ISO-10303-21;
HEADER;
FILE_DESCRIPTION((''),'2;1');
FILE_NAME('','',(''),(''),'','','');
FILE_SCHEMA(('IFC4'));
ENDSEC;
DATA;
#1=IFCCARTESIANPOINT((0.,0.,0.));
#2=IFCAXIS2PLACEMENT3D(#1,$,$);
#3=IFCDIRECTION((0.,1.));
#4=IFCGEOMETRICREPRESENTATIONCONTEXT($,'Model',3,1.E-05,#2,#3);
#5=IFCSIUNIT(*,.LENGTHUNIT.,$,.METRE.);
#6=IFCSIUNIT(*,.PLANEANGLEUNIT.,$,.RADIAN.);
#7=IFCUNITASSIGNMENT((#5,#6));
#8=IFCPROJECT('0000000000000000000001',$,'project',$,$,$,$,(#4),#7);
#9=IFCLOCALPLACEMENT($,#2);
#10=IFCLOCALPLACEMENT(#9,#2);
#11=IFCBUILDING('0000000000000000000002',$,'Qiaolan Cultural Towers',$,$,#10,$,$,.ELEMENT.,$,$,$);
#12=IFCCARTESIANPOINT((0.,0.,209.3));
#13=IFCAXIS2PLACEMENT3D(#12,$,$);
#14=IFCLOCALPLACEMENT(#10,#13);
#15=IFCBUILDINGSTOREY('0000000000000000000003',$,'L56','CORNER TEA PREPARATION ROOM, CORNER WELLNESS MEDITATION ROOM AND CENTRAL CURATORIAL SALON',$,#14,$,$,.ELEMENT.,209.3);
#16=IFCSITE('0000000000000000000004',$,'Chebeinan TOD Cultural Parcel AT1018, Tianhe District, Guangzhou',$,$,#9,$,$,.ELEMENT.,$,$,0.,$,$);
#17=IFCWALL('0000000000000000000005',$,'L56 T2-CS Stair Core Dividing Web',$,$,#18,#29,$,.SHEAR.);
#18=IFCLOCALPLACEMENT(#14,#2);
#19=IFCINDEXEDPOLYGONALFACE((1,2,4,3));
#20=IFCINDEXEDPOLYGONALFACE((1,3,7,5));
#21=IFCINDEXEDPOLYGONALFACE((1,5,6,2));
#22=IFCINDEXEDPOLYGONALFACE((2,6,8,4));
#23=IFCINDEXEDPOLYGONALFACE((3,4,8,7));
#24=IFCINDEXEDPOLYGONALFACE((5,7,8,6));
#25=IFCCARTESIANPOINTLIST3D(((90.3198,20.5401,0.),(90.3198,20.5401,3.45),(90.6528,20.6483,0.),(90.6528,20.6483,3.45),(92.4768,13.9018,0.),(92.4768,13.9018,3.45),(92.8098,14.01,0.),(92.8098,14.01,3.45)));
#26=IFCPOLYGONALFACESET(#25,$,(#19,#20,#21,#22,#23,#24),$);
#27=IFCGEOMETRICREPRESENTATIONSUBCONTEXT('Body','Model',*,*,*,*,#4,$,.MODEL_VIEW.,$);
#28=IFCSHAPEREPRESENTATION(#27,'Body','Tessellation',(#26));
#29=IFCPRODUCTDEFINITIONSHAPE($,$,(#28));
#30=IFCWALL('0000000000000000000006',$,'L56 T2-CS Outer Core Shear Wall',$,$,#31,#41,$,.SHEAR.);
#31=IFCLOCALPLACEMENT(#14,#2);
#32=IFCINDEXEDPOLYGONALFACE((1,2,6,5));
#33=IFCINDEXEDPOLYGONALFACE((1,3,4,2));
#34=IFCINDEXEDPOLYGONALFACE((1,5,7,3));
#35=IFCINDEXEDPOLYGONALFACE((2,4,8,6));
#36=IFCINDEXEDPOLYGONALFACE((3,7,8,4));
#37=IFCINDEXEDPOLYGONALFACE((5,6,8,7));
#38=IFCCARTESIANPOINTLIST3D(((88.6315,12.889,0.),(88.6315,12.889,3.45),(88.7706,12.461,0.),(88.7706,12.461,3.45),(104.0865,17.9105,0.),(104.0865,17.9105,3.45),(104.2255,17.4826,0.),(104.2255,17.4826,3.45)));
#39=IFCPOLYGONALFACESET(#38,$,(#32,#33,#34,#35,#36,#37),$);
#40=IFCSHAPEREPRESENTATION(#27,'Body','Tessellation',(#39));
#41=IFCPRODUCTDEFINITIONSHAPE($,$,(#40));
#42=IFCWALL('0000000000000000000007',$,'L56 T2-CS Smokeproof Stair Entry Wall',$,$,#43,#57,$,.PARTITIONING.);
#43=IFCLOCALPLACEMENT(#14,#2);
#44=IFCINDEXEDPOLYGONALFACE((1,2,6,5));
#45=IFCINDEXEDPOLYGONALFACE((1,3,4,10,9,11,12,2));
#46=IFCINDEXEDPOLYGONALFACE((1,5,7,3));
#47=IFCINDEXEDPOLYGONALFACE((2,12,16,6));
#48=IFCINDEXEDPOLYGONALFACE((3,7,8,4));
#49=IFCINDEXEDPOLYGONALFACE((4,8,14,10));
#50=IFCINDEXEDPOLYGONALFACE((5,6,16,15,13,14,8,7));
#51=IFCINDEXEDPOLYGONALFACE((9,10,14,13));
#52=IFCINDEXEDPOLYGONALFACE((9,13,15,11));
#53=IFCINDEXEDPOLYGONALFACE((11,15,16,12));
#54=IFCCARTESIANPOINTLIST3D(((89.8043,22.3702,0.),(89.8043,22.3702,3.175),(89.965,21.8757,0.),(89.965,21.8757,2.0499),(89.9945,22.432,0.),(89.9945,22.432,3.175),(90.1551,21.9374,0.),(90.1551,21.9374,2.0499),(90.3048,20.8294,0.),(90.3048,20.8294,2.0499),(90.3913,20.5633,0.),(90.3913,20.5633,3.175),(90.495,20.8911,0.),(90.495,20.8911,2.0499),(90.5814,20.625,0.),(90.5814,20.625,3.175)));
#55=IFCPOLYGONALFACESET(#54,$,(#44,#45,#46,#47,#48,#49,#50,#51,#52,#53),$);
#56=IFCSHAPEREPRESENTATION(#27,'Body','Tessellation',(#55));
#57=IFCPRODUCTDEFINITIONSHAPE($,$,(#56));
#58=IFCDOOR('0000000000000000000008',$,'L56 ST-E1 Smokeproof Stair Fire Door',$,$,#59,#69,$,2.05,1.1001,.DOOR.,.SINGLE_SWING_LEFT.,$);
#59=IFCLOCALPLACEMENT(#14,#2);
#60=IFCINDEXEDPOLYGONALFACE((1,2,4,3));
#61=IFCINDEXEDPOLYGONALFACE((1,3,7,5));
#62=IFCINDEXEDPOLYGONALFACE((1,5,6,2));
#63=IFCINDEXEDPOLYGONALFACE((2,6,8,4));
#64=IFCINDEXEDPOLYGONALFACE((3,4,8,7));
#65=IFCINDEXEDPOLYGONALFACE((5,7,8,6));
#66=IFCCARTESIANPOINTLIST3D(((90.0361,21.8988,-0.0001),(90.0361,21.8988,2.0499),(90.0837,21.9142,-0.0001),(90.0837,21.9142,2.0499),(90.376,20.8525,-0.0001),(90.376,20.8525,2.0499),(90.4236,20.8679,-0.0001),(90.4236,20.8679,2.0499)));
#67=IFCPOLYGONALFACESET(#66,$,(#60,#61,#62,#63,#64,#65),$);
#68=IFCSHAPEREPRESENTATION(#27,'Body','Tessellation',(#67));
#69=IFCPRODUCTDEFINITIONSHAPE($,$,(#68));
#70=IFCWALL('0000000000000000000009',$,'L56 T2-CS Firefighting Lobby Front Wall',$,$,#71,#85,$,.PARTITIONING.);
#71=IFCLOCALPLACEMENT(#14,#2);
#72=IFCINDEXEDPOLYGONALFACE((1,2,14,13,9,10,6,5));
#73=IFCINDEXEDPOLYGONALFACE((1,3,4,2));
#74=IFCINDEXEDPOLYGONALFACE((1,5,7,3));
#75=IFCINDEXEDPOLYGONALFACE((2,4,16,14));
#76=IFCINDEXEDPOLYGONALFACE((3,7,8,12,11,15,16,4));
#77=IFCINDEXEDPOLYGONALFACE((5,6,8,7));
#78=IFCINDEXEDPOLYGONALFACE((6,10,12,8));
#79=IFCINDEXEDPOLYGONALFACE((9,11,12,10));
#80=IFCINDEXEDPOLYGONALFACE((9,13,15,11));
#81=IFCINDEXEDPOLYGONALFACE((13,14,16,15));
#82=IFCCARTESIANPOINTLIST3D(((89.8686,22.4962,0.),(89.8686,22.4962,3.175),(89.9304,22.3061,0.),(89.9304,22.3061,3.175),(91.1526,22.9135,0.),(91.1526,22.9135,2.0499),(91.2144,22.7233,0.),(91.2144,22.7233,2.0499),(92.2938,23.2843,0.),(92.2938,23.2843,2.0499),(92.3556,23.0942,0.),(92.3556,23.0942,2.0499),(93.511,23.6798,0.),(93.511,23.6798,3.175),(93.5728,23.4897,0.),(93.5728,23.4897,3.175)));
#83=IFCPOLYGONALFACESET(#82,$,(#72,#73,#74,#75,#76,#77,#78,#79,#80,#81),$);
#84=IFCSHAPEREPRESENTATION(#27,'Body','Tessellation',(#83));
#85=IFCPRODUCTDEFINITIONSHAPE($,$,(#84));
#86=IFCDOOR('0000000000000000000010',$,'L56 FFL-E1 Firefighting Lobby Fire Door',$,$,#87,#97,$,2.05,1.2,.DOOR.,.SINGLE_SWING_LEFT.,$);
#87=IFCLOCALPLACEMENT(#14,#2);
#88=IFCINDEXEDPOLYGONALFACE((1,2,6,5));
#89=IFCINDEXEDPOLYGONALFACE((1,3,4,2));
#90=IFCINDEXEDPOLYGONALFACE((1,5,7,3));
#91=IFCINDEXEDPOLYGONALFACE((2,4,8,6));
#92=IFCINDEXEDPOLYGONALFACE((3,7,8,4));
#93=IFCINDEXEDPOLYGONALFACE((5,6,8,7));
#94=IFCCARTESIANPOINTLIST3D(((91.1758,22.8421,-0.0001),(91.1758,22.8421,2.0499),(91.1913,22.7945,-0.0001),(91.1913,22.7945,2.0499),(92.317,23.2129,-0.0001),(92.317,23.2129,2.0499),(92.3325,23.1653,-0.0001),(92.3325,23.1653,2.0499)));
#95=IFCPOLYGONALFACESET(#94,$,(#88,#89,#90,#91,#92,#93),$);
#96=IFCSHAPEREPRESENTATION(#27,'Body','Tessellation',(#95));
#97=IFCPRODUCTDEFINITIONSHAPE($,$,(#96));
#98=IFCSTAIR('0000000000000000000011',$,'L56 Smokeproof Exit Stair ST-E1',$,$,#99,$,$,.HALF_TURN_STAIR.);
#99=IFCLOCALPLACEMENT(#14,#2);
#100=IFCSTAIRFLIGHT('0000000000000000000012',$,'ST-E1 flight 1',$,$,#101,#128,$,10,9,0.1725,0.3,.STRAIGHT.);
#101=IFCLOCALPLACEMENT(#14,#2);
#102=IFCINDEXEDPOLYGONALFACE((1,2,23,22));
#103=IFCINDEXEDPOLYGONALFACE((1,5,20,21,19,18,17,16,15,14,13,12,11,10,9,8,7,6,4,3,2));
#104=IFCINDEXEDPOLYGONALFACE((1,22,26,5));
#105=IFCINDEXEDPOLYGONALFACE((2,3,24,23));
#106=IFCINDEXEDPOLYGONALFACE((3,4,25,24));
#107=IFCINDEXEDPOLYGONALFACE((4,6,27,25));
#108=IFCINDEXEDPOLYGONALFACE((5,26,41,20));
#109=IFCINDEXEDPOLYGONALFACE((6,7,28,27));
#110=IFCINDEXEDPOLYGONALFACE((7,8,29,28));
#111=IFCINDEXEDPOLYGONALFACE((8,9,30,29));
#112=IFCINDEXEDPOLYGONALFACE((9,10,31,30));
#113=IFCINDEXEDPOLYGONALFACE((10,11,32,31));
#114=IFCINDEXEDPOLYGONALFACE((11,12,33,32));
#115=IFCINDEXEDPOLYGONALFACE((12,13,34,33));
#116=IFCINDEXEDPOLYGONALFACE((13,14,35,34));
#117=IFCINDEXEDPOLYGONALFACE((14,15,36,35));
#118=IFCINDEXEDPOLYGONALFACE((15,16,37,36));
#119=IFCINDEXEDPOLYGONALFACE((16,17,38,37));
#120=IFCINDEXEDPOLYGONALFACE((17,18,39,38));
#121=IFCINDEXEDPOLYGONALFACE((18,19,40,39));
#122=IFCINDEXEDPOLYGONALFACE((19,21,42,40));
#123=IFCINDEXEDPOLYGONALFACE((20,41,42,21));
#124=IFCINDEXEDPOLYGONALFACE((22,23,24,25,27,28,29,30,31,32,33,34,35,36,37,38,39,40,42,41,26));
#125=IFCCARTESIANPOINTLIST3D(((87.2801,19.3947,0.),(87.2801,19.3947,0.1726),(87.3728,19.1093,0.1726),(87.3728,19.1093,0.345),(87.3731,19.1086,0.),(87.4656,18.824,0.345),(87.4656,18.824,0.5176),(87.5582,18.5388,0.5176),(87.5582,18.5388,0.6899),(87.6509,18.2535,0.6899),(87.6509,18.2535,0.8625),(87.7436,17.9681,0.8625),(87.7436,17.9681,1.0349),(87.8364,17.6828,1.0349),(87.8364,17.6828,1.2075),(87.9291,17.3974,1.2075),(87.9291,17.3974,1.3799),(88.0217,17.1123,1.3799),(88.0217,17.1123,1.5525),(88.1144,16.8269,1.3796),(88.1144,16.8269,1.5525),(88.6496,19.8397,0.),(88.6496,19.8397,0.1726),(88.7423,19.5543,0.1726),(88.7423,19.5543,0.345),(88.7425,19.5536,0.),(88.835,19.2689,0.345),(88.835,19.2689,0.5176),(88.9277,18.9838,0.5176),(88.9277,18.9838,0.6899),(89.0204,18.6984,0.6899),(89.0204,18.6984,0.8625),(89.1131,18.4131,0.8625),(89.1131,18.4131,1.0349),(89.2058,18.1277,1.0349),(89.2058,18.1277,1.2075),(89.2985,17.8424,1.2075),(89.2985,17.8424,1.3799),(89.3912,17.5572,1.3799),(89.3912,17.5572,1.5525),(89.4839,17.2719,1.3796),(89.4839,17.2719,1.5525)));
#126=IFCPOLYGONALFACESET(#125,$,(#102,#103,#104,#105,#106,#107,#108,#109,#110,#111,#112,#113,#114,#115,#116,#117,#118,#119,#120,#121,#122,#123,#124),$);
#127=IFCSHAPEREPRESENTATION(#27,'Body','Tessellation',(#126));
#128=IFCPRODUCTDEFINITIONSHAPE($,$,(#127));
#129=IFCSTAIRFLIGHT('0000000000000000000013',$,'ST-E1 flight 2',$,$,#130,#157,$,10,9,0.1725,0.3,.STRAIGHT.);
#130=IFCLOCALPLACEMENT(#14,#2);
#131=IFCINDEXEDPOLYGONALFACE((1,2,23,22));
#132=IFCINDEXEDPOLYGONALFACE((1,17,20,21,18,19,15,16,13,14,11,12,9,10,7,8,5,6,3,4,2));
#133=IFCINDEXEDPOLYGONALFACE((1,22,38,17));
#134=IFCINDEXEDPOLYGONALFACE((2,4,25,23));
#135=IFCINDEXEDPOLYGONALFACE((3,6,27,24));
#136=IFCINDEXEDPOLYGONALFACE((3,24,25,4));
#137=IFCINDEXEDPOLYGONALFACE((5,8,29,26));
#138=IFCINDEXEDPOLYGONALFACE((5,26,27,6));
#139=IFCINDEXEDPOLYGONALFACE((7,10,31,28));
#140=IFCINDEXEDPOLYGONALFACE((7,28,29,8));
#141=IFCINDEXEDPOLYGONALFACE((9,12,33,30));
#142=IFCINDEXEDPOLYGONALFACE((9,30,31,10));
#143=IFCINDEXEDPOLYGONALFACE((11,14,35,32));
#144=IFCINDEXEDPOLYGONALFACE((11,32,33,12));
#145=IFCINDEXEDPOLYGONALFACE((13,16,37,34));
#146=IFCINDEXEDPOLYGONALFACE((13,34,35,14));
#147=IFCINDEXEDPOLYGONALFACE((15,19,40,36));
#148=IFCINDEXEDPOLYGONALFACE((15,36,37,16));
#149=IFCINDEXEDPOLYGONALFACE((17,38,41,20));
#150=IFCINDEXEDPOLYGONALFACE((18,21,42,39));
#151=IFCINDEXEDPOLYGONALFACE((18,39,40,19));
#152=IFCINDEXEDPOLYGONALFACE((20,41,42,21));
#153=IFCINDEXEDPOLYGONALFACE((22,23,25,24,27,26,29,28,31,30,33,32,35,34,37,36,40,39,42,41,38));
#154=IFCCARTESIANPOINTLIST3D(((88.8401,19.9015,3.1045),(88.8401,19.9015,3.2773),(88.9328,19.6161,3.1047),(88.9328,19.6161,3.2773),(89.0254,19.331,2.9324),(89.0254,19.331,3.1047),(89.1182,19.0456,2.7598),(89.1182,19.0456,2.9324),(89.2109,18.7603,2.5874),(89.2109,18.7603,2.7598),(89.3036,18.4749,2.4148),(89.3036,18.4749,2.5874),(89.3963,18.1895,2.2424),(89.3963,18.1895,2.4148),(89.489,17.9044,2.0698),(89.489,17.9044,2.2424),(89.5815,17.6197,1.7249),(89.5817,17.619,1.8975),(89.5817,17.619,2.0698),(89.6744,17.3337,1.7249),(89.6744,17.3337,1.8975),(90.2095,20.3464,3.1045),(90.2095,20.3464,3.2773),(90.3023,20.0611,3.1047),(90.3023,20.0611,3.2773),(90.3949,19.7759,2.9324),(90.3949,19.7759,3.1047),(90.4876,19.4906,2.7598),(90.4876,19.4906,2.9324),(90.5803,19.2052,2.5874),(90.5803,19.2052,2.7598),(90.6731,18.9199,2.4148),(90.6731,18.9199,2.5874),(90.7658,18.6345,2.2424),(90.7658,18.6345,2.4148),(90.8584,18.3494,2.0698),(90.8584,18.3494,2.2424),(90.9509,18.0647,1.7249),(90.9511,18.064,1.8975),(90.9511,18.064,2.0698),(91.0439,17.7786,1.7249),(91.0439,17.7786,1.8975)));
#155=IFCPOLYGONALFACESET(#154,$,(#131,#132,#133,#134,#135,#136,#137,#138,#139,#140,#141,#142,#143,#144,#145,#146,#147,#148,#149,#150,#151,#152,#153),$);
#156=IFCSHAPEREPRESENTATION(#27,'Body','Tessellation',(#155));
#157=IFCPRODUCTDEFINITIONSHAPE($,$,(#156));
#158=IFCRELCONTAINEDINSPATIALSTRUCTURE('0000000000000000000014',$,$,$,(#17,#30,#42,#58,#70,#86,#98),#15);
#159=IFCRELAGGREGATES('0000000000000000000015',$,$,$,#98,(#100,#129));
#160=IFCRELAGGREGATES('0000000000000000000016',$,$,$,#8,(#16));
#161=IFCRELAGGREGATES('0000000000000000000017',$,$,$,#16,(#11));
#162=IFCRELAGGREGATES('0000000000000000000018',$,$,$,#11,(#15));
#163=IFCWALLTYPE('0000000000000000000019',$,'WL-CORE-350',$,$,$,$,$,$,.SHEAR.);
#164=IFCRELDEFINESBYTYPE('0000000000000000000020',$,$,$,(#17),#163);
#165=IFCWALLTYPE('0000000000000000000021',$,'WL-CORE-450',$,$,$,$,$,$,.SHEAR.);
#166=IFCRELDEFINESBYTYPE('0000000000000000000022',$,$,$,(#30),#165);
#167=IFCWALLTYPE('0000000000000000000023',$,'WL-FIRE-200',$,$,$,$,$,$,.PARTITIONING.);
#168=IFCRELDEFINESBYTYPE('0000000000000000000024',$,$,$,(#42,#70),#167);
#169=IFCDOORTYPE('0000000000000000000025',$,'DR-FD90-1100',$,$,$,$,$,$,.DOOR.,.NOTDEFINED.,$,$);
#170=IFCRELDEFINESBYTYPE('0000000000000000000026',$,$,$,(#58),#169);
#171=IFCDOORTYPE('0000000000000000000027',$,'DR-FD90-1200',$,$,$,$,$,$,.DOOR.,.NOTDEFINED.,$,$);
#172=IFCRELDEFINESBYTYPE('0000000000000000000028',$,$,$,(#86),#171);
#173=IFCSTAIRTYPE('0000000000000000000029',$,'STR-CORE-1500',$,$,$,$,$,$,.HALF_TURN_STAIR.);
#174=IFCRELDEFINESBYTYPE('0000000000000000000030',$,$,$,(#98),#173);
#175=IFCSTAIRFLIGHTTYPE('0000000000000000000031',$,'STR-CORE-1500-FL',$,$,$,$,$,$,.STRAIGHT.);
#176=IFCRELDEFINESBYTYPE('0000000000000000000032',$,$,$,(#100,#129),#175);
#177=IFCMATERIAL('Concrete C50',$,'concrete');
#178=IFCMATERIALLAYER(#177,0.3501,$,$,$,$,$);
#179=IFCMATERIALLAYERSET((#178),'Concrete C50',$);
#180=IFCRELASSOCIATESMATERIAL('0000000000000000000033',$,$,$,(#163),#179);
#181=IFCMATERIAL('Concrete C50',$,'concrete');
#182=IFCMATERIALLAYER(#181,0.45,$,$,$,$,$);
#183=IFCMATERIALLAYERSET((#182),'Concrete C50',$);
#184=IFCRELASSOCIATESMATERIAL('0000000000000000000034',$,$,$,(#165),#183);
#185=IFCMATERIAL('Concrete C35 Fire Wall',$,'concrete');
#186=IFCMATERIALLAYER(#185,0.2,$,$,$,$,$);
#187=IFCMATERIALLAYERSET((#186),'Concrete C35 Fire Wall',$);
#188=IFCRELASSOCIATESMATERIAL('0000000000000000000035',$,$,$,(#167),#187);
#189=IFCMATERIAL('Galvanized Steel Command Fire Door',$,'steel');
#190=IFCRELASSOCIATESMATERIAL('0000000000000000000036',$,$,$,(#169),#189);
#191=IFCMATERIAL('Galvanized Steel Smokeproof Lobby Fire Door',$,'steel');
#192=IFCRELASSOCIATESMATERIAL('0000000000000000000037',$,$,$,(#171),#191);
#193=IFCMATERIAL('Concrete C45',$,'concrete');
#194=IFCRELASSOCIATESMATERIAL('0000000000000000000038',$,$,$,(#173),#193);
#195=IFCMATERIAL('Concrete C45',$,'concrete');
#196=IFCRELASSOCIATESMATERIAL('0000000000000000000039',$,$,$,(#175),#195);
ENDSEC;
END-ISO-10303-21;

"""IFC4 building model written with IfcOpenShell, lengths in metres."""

from ifc_helpers import new_model, si_unit, direction, frame, frame_2d, origin, place, context, subcontext, project, spatial, polyline, rectangle, outline, extrude, material, layer, layer_set, type_object, element, fill, aggregate, save


model = new_model("IFC4")

# Units and contexts
model_context = context("Model", 3, precision=1e-05, world=origin(), true_north=direction((0.0, 1.0)))
body_context = subcontext(model_context, "Body", "Model", "MODEL_VIEW")
ifc_project = project(units=[si_unit("LENGTHUNIT", "METRE"), si_unit("PLANEANGLEUNIT", "RADIAN")], contexts=[model_context])

# Site, building, storey
site_placement = place(None, origin())
site = spatial("IfcSite", under=ifc_project, at=site_placement, Name="Chebeinan TOD Cultural Parcel AT1018, Tianhe District, Guangzhou", CompositionType="ELEMENT", RefElevation=0.0)
building_placement = place(site_placement, origin())
building = spatial("IfcBuilding", under=site, at=building_placement, Name="Qiaolan Cultural Towers", CompositionType="ELEMENT")
storey_placement = place(building_placement, frame((0.0, 0.0, 209.3)))
storey = spatial("IfcBuildingStorey", under=building, at=storey_placement, Name="L56", Description="CORNER TEA PREPARATION ROOM, CORNER WELLNESS MEDITATION ROOM AND CENTRAL CURATORIAL SALON", CompositionType="ELEMENT", Elevation=209.3)

# Walls
ifc_material_1 = material(Name="Concrete C50", Category="concrete")
ifc_layer_1 = layer(ifc_material_1, 0.3501)
ifc_layer_set_1 = layer_set([ifc_layer_1], Name="Concrete C50")
wall_type_1 = type_object("IfcWallType", Name="WL-CORE-350", PredefinedType="SHEAR", material=ifc_layer_set_1)
wall_1_placement = place(storey_placement, frame((90.4863, 20.5942, 0.0), z_axis=(0.0, 0.0, 1.0), x_axis=(0.30902, -0.951055, 0.0)))
element("IfcWall", 1, at=wall_1_placement, inside=storey, type_object=wall_type_1, Name="L56 T2-CS Stair Core Dividing Web", PredefinedType="SHEAR", context=body_context, shape_type="SweptSolid", body=[
    extrude(rectangle(XDim=6.98, YDim=0.3501, at=frame_2d((3.49, 0.0))), origin(), (0.0, 0.0, 1.0), 3.45),
])
ifc_material_2 = material(Name="Concrete C50", Category="concrete")
ifc_layer_2 = layer(ifc_material_2, 0.45)
ifc_layer_set_2 = layer_set([ifc_layer_2], Name="Concrete C50")
wall_type_2 = type_object("IfcWallType", Name="WL-CORE-450", PredefinedType="SHEAR", material=ifc_layer_set_2)
wall_2_placement = place(storey_placement, frame((88.7012, 12.675, 0.0), z_axis=(0.0, 0.0, 1.0), x_axis=(0.951058, 0.309012, 0.0)))
element("IfcWall", 2, at=wall_2_placement, inside=storey, type_object=wall_type_2, Name="L56 T2-CS Outer Core Shear Wall", PredefinedType="SHEAR", context=body_context, shape_type="SweptSolid", body=[
    extrude(rectangle(XDim=16.2502, YDim=0.45, at=frame_2d((8.125, 0.0))), origin(), (0.0, 0.0, 1.0), 3.45),
])

# Walls, openings, doors
ifc_material_3 = material(Name="Concrete C35 Fire Wall", Category="concrete")
ifc_layer_3 = layer(ifc_material_3, 0.2)
ifc_layer_set_3 = layer_set([ifc_layer_3], Name="Concrete C35 Fire Wall")
wall_type_3 = type_object("IfcWallType", Name="WL-FIRE-200", PredefinedType="PARTITIONING", material=ifc_layer_set_3)
wall_3_placement = place(storey_placement, frame((89.8994, 22.4011, 0.0), z_axis=(0.0, 0.0, 1.0), x_axis=(0.308932, -0.951084, 0.0)))
wall_3 = element("IfcWall", 3, at=wall_3_placement, inside=storey, type_object=wall_type_3, Name="L56 T2-CS Smokeproof Stair Entry Wall", PredefinedType="PARTITIONING", context=body_context, shape_type="SweptSolid", body=[
    extrude(rectangle(XDim=1.8999, YDim=0.2, at=frame_2d((0.95, 0.0))), origin(), (0.0, 0.0, 1.0), 3.175),
])
opening_1_placement = place(wall_3_placement, frame((0.52, 0.0, 0.0)))
opening_1 = element("IfcOpeningElement", 4, at=opening_1_placement, cuts=wall_3, PredefinedType="OPENING", context=body_context, shape_type="SweptSolid", body=[
    extrude(rectangle(XDim=1.1001, YDim=2.05, at=frame_2d((0.55, 1.0249))), frame((0.0, 0.1099, 0.0), z_axis=(0.0, -1.0, 0.0), x_axis=(1.0, 0.0, 0.0)), (0.0, 0.0, 1.0), 0.22),
])
ifc_material_4 = material(Name="Galvanized Steel Command Fire Door", Category="steel")
door_type_1 = type_object("IfcDoorType", Name="DR-FD90-1100", OperationType="NOTDEFINED", PredefinedType="DOOR", material=ifc_material_4)
door_1_placement = place(opening_1_placement, origin())
door_1 = element("IfcDoor", 5, at=door_1_placement, inside=storey, type_object=door_type_1, Name="L56 ST-E1 Smokeproof Stair Fire Door", OperationType="SINGLE_SWING_LEFT", OverallHeight=2.05, OverallWidth=1.1001, PredefinedType="DOOR", context=body_context, shape_type="SweptSolid", body=[
    extrude(rectangle(XDim=1.1001, YDim=2.05, at=frame_2d((0.55, 1.0249))), frame((0.0, 0.0249, 0.0), z_axis=(0.0, -1.0, 0.0), x_axis=(1.0, 0.0, 0.0)), (0.0, 0.0, 1.0), 0.05),
])
fill(opening_1, door_1)
wall_4_placement = place(storey_placement, frame((89.8994, 22.4011, 0.0), z_axis=(0.0, 0.0, 1.0), x_axis=(0.951047, 0.309047, 0.0)))
wall_4 = element("IfcWall", 6, at=wall_4_placement, inside=storey, type_object=wall_type_3, Name="L56 T2-CS Firefighting Lobby Front Wall", PredefinedType="PARTITIONING", context=body_context, shape_type="SweptSolid", body=[
    extrude(rectangle(XDim=3.8298, YDim=0.2, at=frame_2d((1.915, 0.0))), origin(), (0.0, 0.0, 1.0), 3.175),
])
opening_2_placement = place(wall_4_placement, frame((1.3501, 0.0, 0.0)))
opening_2 = element("IfcOpeningElement", 7, at=opening_2_placement, cuts=wall_4, PredefinedType="OPENING", context=body_context, shape_type="SweptSolid", body=[
    extrude(rectangle(XDim=1.2, YDim=2.05, at=frame_2d((0.6001, 1.0249))), frame((0.0, 0.1099, 0.0), z_axis=(0.0, -1.0, 0.0), x_axis=(1.0, 0.0, 0.0)), (0.0, 0.0, 1.0), 0.22),
])
ifc_material_5 = material(Name="Galvanized Steel Smokeproof Lobby Fire Door", Category="steel")
door_type_2 = type_object("IfcDoorType", Name="DR-FD90-1200", OperationType="NOTDEFINED", PredefinedType="DOOR", material=ifc_material_5)
door_2_placement = place(opening_2_placement, origin())
door_2 = element("IfcDoor", 8, at=door_2_placement, inside=storey, type_object=door_type_2, Name="L56 FFL-E1 Firefighting Lobby Fire Door", OperationType="SINGLE_SWING_LEFT", OverallHeight=2.05, OverallWidth=1.2, PredefinedType="DOOR", context=body_context, shape_type="SweptSolid", body=[
    extrude(rectangle(XDim=1.2, YDim=2.05, at=frame_2d((0.6001, 1.0249))), frame((0.0, 0.0249, 0.0), z_axis=(0.0, -1.0, 0.0), x_axis=(1.0, 0.0, 0.0)), (0.0, 0.0, 1.0), 0.05),
])
fill(opening_2, door_2)

# Stair, stair flights
ifc_material_6 = material(Name="Concrete C45", Category="concrete")
stair_type = type_object("IfcStairType", Name="STR-CORE-1500", PredefinedType="HALF_TURN_STAIR", material=ifc_material_6)
stair_placement = place(storey_placement, origin())
stair = element("IfcStair", 9, at=stair_placement, inside=storey, type_object=stair_type, Name="L56 Smokeproof Exit Stair ST-E1", PredefinedType="HALF_TURN_STAIR")
ifc_material_7 = material(Name="Concrete C45", Category="concrete")
stair_flight_type = type_object("IfcStairFlightType", Name="STR-CORE-1500-FL", PredefinedType="STRAIGHT", material=ifc_material_7)
stair_flight_1_placement = place(storey_placement, frame((87.9648, 19.6172, 0.0), z_axis=(0.0, 0.0, 1.0), x_axis=(0.309017, -0.951057, 0.0)))
stair_flight_1 = element("IfcStairFlight", 10, at=stair_flight_1_placement, type_object=stair_flight_type, Name="ST-E1 flight 1", NumberOfRisers=10, NumberOfTreads=9, PredefinedType="STRAIGHT", RiserHeight=0.1725, TreadLength=0.3, context=body_context, shape_type="SweptSolid", body=[
    extrude(outline(polyline([(0.0, 0.0), (0.0, 0.1726), (0.3, 0.1726), (0.3, 0.345), (0.6001, 0.345), (0.6001, 0.5176), (0.8999, 0.5176), (0.8999, 0.6899), (1.2, 0.6899), (1.2, 0.8625), (1.5, 0.8625), (1.5, 1.0349), (1.8, 1.0349), (1.8, 1.2075), (2.1001, 1.2075), (2.1001, 1.3799), (2.3999, 1.3799), (2.3999, 1.5525), (2.7, 1.5525), (2.7, 1.7251), (2.7, 1.3796), (0.3008, 0.0), (0.0, 0.0)])), frame((0.0, 0.72, 0.0), z_axis=(0.0, -1.0, 0.0), x_axis=(1.0, 0.0, 0.0)), (0.0, 0.0, 1.0), 1.4399),
])
stair_flight_2_placement = place(storey_placement, frame((90.3591, 17.5562, 1.7249), z_axis=(0.0, 0.0, 1.0), x_axis=(-0.309017, 0.951057, 0.0)))
stair_flight_2 = element("IfcStairFlight", 11, at=stair_flight_2_placement, type_object=stair_flight_type, Name="ST-E1 flight 2", NumberOfRisers=10, NumberOfTreads=9, PredefinedType="STRAIGHT", RiserHeight=0.1725, TreadLength=0.3, context=body_context, shape_type="SweptSolid", body=[
    extrude(outline(polyline([(0.0, 0.0), (0.0, 0.1726), (0.3, 0.1726), (0.3, 0.345), (0.6001, 0.345), (0.6001, 0.5176), (0.8999, 0.5176), (0.8999, 0.6899), (1.2, 0.6899), (1.2, 0.8625), (1.5, 0.8625), (1.5, 1.0349), (1.8, 1.0349), (1.8, 1.2075), (2.1001, 1.2075), (2.1001, 1.3799), (2.3999, 1.3799), (2.3999, 1.5525), (2.7, 1.5525), (2.7, 1.7251), (2.7, 1.3796), (0.3008, 0.0), (0.0, 0.0)])), frame((0.0, 0.72, 0.0), z_axis=(0.0, -1.0, 0.0), x_axis=(1.0, 0.0, 0.0)), (0.0, 0.0, 1.0), 1.4399),
])
aggregate(stair, [stair_flight_1, stair_flight_2])

save(model, "model.ifc")
